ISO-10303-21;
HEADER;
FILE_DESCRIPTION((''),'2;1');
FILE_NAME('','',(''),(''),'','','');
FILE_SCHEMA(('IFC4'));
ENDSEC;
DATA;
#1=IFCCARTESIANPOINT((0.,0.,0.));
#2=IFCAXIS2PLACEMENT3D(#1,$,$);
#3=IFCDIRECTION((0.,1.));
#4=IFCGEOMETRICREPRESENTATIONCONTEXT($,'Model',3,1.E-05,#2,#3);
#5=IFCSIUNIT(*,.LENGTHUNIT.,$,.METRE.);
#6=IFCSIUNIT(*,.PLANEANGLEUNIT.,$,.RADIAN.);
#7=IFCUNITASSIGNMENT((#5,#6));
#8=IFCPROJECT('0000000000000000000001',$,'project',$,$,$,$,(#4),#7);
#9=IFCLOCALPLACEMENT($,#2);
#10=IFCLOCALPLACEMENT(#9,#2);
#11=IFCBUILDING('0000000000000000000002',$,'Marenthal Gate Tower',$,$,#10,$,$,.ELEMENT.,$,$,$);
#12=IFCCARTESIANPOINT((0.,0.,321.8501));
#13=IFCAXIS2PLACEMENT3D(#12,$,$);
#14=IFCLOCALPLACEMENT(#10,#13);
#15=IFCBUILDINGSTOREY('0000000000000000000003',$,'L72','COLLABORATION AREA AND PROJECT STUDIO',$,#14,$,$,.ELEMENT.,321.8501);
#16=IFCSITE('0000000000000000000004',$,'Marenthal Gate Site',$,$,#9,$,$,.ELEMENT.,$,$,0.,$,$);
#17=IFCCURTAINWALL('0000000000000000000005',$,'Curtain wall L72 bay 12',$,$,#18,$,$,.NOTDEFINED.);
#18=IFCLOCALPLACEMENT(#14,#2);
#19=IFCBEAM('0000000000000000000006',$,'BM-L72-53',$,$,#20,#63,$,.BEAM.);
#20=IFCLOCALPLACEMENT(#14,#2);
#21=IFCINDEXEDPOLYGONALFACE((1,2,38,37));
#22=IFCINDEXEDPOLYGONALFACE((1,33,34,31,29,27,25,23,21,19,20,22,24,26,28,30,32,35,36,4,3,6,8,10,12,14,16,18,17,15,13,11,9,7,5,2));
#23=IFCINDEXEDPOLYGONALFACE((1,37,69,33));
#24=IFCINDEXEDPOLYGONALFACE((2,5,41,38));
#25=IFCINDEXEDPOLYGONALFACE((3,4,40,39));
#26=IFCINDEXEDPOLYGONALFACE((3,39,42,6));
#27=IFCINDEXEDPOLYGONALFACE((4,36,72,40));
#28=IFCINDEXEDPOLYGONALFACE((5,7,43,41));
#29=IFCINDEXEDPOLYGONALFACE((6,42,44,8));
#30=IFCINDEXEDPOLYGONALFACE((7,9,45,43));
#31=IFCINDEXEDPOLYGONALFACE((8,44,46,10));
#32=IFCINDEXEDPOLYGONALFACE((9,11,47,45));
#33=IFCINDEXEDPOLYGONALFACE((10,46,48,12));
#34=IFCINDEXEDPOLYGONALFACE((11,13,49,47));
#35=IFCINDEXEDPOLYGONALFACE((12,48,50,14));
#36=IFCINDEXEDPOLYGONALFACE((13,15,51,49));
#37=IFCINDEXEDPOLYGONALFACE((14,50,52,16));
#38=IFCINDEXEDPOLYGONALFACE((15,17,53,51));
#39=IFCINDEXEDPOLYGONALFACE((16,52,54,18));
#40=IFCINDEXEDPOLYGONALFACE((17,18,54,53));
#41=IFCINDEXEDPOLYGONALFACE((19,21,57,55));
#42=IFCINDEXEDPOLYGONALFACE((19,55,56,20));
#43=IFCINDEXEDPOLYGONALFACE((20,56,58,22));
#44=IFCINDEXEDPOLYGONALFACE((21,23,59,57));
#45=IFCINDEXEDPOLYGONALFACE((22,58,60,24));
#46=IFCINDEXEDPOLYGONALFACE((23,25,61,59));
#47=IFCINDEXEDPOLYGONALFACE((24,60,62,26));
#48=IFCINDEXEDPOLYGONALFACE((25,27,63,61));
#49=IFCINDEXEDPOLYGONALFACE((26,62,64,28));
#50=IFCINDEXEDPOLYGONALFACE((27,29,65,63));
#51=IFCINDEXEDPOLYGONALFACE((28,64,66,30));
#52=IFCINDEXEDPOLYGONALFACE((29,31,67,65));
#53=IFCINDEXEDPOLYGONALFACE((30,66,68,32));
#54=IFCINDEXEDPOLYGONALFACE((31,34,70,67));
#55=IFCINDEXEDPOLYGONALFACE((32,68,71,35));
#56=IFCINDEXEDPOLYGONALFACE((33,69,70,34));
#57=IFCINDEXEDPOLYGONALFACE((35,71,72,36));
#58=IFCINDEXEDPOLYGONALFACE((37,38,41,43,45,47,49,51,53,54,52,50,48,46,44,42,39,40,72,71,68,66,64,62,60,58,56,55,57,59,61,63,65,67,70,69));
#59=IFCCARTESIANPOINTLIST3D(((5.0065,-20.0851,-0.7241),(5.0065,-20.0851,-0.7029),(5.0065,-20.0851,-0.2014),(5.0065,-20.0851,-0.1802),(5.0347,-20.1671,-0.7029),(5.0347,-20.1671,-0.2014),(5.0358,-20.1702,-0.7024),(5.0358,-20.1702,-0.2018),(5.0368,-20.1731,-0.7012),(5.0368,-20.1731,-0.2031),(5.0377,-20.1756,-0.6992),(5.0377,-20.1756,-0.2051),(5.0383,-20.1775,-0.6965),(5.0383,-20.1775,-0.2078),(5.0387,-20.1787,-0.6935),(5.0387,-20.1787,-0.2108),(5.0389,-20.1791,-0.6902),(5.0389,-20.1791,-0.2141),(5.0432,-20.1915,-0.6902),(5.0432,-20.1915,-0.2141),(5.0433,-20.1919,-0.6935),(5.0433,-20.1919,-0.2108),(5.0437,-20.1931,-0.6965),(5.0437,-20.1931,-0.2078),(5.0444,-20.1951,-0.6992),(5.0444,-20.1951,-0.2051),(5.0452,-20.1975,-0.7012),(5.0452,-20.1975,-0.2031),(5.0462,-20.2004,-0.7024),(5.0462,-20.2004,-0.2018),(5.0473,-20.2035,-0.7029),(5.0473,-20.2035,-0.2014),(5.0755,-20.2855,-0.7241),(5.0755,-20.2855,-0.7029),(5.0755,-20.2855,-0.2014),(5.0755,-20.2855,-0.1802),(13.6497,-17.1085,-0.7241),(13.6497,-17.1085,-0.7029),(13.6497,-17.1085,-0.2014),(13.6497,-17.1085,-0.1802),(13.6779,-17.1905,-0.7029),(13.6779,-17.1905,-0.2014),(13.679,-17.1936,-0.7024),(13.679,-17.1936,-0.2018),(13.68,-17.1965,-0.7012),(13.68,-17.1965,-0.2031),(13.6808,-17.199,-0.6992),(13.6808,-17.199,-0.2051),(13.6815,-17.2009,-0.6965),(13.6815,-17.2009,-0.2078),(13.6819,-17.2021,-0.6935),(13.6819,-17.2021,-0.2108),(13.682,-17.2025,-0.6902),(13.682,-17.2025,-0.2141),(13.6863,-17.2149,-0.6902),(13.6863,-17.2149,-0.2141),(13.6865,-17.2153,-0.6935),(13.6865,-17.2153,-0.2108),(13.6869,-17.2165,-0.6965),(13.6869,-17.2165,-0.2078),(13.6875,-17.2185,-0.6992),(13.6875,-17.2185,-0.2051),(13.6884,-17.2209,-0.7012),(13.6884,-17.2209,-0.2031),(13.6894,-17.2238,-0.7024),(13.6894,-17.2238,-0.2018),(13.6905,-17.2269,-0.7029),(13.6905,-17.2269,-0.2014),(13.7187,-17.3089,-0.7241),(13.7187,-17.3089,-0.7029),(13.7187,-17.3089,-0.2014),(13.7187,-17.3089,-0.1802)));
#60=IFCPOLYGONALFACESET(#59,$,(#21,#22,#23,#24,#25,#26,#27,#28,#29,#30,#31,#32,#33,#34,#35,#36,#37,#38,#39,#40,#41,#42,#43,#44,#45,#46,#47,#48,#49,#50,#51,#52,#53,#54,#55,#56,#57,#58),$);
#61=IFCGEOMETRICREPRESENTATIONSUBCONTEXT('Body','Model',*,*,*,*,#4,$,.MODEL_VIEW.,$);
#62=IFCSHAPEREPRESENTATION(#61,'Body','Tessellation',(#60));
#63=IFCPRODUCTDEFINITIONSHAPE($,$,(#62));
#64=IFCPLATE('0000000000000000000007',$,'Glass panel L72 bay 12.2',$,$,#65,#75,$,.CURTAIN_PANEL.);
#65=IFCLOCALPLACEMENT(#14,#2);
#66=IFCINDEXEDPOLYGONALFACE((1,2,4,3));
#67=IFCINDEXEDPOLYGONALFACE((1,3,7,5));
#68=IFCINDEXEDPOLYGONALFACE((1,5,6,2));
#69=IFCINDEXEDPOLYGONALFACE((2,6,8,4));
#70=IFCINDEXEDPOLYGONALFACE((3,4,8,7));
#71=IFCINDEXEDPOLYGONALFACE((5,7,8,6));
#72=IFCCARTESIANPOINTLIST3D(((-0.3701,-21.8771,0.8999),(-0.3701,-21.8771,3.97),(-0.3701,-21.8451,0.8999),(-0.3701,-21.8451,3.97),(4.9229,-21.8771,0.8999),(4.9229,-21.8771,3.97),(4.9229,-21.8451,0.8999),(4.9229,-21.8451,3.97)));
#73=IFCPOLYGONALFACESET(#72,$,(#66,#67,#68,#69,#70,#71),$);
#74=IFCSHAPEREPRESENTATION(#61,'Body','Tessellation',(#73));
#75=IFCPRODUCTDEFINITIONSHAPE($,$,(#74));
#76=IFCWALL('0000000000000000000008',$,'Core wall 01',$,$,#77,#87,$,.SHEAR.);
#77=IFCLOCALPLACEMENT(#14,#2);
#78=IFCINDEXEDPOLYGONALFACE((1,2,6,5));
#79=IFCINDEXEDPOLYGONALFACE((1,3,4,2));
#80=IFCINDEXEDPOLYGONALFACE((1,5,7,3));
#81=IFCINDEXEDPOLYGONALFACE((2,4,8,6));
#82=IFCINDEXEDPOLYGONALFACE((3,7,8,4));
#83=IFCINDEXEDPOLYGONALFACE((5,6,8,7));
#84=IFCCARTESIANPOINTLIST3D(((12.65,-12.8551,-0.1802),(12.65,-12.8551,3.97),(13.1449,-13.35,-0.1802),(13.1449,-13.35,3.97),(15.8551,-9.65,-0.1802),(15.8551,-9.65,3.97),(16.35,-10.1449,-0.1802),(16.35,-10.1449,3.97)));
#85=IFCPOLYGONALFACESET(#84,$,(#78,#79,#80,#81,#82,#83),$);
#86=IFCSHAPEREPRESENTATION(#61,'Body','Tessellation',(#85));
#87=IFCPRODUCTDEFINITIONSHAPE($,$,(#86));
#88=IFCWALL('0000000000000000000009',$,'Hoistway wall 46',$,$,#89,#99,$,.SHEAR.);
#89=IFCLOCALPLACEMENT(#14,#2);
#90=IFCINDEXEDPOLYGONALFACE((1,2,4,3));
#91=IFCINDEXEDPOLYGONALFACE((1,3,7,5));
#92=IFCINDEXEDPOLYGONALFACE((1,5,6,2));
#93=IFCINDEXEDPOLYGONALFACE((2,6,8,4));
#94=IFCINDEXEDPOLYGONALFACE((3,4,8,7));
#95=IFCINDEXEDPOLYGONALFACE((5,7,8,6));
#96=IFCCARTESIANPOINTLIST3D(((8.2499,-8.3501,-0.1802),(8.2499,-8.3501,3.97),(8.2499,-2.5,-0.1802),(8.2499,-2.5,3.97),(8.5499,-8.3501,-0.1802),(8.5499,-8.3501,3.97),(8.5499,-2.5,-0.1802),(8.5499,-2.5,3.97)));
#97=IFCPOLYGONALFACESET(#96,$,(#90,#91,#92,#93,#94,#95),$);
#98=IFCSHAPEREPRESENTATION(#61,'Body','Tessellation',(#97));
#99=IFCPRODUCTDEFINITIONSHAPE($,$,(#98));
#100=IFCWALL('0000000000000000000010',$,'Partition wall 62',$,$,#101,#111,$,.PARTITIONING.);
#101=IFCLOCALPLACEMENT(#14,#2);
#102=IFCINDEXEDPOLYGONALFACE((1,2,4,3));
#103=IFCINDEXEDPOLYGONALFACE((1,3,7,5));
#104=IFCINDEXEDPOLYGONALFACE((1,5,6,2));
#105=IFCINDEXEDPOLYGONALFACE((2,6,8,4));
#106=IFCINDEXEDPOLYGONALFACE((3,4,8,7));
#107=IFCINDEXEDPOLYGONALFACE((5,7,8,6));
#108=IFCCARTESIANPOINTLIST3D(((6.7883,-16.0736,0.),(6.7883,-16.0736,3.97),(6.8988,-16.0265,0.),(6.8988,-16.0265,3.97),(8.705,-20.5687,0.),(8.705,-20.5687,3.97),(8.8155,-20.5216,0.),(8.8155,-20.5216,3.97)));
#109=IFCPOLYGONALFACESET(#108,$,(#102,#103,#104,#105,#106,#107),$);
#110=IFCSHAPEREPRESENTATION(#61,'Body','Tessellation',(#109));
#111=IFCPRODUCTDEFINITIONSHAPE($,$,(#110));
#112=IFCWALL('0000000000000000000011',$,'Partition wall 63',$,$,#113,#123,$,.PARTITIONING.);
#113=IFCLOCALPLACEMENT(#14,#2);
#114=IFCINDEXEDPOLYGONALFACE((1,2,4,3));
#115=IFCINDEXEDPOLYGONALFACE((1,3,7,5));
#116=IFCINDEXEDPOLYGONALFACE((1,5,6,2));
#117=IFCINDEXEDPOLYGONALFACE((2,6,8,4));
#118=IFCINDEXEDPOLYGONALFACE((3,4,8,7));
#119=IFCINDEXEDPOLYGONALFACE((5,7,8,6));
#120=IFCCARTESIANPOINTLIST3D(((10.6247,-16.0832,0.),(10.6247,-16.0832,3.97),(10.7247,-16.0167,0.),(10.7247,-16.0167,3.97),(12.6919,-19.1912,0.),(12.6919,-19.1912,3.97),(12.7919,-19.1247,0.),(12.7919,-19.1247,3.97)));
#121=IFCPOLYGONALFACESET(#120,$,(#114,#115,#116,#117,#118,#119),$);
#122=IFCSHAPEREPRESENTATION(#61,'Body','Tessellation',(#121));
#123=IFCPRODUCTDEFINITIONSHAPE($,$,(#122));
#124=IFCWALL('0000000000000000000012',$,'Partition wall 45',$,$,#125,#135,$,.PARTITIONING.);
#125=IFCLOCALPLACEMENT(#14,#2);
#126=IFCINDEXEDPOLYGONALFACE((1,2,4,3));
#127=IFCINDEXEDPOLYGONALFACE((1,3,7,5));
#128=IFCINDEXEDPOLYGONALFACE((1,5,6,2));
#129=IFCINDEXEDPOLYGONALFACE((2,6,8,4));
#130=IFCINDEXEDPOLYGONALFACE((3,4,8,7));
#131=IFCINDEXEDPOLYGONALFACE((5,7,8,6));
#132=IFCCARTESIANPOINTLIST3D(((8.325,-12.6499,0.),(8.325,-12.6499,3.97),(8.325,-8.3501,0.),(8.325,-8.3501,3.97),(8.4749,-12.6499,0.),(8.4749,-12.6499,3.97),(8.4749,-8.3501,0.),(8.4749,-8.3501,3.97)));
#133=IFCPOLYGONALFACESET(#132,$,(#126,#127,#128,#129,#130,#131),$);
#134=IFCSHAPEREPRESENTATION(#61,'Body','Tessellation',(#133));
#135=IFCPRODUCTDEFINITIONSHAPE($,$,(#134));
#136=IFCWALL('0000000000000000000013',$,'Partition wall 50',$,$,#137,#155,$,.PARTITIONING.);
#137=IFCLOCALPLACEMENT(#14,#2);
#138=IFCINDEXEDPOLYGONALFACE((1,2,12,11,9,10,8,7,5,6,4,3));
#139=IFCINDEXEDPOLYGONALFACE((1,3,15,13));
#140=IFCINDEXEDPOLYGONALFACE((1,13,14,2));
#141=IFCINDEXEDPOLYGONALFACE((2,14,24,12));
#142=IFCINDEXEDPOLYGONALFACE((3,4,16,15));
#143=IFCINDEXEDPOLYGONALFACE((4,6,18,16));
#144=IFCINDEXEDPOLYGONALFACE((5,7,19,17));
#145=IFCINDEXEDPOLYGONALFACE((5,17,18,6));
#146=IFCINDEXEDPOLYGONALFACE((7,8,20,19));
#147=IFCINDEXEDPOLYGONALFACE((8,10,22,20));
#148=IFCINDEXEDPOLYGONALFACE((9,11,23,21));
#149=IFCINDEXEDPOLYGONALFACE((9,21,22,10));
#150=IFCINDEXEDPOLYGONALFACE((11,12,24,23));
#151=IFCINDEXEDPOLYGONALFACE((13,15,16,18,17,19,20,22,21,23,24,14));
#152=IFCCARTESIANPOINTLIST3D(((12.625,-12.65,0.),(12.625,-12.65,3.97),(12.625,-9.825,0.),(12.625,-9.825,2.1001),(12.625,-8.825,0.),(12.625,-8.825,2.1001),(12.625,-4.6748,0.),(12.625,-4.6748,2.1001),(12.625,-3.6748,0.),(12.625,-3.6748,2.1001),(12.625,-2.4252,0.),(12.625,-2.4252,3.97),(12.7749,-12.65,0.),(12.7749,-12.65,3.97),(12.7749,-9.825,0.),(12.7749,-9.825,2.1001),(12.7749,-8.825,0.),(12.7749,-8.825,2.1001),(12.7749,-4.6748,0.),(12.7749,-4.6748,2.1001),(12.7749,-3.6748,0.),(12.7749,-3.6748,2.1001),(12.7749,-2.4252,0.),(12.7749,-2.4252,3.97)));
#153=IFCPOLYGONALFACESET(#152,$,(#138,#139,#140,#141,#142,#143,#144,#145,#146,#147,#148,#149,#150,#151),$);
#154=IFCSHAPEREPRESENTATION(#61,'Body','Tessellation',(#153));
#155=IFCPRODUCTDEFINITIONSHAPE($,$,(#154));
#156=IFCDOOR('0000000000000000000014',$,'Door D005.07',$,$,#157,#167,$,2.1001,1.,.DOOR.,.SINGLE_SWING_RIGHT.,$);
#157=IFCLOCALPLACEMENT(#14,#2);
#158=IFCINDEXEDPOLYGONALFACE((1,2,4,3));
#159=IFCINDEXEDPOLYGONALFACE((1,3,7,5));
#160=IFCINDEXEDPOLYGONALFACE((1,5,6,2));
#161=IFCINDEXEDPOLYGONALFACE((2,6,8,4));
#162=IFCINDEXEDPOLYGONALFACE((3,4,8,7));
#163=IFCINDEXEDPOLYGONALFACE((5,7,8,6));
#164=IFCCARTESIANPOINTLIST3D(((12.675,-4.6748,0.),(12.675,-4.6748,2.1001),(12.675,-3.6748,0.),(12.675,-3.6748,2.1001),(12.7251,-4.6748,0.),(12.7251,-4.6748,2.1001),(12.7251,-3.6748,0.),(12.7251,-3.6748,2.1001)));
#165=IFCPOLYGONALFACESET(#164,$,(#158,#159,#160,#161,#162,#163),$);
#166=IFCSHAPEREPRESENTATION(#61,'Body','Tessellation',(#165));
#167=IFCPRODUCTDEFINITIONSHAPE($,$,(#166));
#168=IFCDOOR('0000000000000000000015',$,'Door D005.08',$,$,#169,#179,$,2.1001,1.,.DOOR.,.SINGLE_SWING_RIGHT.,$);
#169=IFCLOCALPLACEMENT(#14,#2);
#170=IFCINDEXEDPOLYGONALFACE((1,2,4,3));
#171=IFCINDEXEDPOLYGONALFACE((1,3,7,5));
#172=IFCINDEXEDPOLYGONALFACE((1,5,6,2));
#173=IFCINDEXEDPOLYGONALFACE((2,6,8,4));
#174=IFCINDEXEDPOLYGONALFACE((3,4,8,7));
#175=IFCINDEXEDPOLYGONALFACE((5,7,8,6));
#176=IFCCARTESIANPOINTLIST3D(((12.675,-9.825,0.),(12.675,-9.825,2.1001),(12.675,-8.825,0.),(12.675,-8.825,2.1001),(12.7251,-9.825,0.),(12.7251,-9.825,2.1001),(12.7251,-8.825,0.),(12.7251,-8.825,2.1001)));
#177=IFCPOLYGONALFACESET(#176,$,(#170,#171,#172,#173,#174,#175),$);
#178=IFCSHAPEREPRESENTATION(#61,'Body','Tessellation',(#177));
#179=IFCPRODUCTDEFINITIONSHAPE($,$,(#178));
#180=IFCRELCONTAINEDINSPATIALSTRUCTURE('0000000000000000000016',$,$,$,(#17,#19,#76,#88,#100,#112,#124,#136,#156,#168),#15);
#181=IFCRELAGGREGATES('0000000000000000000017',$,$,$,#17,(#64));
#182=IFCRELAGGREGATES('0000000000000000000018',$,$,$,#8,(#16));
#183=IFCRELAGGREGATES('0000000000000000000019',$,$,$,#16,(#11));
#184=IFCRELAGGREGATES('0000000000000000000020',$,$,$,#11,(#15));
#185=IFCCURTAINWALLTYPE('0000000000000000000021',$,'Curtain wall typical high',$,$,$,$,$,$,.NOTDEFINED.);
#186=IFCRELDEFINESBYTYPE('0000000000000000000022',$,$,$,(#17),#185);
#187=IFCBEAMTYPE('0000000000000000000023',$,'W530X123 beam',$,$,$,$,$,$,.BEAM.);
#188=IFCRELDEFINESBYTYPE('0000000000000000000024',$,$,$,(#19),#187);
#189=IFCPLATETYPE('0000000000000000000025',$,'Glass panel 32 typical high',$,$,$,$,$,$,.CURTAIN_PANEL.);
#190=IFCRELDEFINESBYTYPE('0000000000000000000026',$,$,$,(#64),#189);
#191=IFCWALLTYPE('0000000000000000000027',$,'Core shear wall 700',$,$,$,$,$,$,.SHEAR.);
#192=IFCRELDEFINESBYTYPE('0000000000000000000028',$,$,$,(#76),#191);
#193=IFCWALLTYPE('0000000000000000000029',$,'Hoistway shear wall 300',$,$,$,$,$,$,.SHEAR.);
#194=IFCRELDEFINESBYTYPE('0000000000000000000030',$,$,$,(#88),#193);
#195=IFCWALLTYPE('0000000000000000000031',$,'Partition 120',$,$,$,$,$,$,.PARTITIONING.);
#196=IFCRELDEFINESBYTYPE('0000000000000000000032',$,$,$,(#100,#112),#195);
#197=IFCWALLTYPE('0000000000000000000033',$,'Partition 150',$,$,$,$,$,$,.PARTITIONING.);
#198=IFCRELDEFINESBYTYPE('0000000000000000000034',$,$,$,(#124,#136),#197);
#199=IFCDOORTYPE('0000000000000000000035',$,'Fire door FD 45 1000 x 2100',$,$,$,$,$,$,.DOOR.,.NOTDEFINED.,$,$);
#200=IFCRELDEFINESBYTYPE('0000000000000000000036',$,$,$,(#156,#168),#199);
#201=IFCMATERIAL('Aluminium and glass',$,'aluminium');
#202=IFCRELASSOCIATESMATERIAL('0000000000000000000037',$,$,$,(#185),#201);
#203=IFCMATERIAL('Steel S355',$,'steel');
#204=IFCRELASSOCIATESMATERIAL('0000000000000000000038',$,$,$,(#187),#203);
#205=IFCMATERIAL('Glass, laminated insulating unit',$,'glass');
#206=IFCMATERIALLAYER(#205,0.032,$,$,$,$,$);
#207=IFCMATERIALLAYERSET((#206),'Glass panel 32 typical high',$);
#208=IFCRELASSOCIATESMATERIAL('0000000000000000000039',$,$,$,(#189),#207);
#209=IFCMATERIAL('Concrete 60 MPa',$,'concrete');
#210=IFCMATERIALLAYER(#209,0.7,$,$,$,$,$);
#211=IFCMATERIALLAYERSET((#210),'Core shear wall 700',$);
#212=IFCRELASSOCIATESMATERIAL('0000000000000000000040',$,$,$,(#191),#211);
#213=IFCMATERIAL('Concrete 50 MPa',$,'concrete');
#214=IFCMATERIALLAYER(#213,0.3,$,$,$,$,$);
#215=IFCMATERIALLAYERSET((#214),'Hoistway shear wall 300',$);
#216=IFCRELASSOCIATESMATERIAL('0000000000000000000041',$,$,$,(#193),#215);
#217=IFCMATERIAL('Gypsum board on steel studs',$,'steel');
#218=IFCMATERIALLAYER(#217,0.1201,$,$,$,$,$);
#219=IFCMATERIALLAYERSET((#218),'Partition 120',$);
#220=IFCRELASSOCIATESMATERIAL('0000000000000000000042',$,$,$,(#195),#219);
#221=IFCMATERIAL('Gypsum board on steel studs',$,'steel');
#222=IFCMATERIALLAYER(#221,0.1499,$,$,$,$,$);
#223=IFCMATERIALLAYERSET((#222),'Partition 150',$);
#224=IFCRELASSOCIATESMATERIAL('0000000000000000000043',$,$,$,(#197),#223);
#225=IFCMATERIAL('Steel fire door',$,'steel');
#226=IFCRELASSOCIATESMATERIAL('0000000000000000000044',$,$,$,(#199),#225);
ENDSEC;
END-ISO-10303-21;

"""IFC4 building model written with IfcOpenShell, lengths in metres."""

from ifc_helpers import new_model, si_unit, direction, frame, frame_2d, origin, origin_2d, place, context, subcontext, project, spatial, rectangle, i_section, extrude, material, layer, layer_set, material_profile, profile_set, type_object, element, fill, aggregate, save


model = new_model("IFC4")

# Units and contexts
model_context = context("Model", 3, precision=1e-05, world=origin(), true_north=direction((0.0, 1.0)))
body_context = subcontext(model_context, "Body", "Model", "MODEL_VIEW")
ifc_project = project(units=[si_unit("LENGTHUNIT", "METRE"), si_unit("PLANEANGLEUNIT", "RADIAN")], contexts=[model_context])

# Site, building, storey
site_placement = place(None, origin())
site = spatial("IfcSite", under=ifc_project, at=site_placement, Name="Marenthal Gate Site", CompositionType="ELEMENT", RefElevation=0.0)
building_placement = place(site_placement, origin())
building = spatial("IfcBuilding", under=site, at=building_placement, Name="Marenthal Gate Tower", CompositionType="ELEMENT")
storey_placement = place(building_placement, frame((0.0, 0.0, 321.8501)))
storey = spatial("IfcBuildingStorey", under=building, at=storey_placement, Name="L72", Description="COLLABORATION AREA AND PROJECT STUDIO", CompositionType="ELEMENT", Elevation=321.8501)

# Curtain wall
ifc_material_1 = material(Name="Aluminium and glass", Category="aluminium")
curtain_wall_type = type_object("IfcCurtainWallType", Name="Curtain wall typical high", PredefinedType="NOTDEFINED", material=ifc_material_1)
curtain_wall_placement = place(storey_placement, origin())
curtain_wall = element("IfcCurtainWall", 1, at=curtain_wall_placement, inside=storey, type_object=curtain_wall_type, Name="Curtain wall L72 bay 12", PredefinedType="NOTDEFINED")

# Beam
ifc_material_2 = material(Name="Steel S355", Category="steel")
ifc_material_profile_1 = material_profile(ifc_material_2, i_section(OverallWidth=0.2119, OverallDepth=0.5439, WebThickness=0.0132, FlangeThickness=0.0212, FilletRadius=0.0127, at=origin_2d()), Name="W530X123")
ifc_profile_set_1 = profile_set([ifc_material_profile_1], Name="Steel S355")
beam_type_1 = type_object("IfcBeamType", Name="W530X123 beam", PredefinedType="BEAM", material=ifc_profile_set_1)
beam_1_placement = place(storey_placement, frame((5.041, -20.1853, -0.4521), z_axis=(0.945501, 0.325619, 0.0), x_axis=(-0.325619, 0.945501, 0.0)))
element("IfcBeam", 2, at=beam_1_placement, inside=storey, type_object=beam_type_1, Name="BM-L72-53", PredefinedType="BEAM", context=body_context, shape_type="SweptSolid", body=[
    extrude(i_section(OverallWidth=0.2119, OverallDepth=0.5439, WebThickness=0.0132, FlangeThickness=0.0212, FilletRadius=0.0127, at=origin_2d()), origin(), (0.0, 0.0, 1.0), 9.1414),
])

# Plate
ifc_material_3 = material(Name="Glass, laminated insulating unit", Category="glass")
ifc_layer_1 = layer(ifc_material_3, 0.032)
ifc_layer_set_1 = layer_set([ifc_layer_1], Name="Glass panel 32 typical high")
plate_type = type_object("IfcPlateType", Name="Glass panel 32 typical high", PredefinedType="CURTAIN_PANEL", material=ifc_layer_set_1)
plate_placement = place(storey_placement, frame((2.2764, -21.8611, 0.8999), z_axis=(0.0, 0.0, 1.0), x_axis=(1.0, 0.0, 0.0)))
plate = element("IfcPlate", 3, at=plate_placement, type_object=plate_type, Name="Glass panel L72 bay 12.2", PredefinedType="CURTAIN_PANEL", context=body_context, shape_type="SweptSolid", body=[
    extrude(rectangle(XDim=5.293, YDim=0.032, at=origin_2d()), origin(), (0.0, 0.0, 1.0), 3.0701),
])
aggregate(curtain_wall, [plate])

# Walls
ifc_material_4 = material(Name="Concrete 60 MPa", Category="concrete")
ifc_layer_2 = layer(ifc_material_4, 0.7)
ifc_layer_set_2 = layer_set([ifc_layer_2], Name="Core shear wall 700")
wall_type_1 = type_object("IfcWallType", Name="Core shear wall 700", PredefinedType="SHEAR", material=ifc_layer_set_2)
wall_1_placement = place(storey_placement, frame((12.8975, -13.1025, -0.1802), z_axis=(0.0, 0.0, 1.0), x_axis=(0.707107, 0.707107, 0.0)))
element("IfcWall", 4, at=wall_1_placement, inside=storey, type_object=wall_type_1, Name="Core wall 01", PredefinedType="SHEAR", context=body_context, shape_type="SweptSolid", body=[
    extrude(rectangle(XDim=4.5327, YDim=0.7, at=frame_2d((2.2664, 0.0))), origin(), (0.0, 0.0, 1.0), 4.1501),
])
ifc_material_5 = material(Name="Concrete 50 MPa", Category="concrete")
ifc_layer_3 = layer(ifc_material_5, 0.3)
ifc_layer_set_3 = layer_set([ifc_layer_3], Name="Hoistway shear wall 300")
wall_type_2 = type_object("IfcWallType", Name="Hoistway shear wall 300", PredefinedType="SHEAR", material=ifc_layer_set_3)
wall_2_placement = place(storey_placement, frame((8.3999, -8.3501, -0.1802), z_axis=(0.0, 0.0, 1.0), x_axis=(0.0, 1.0, 0.0)))
element("IfcWall", 5, at=wall_2_placement, inside=storey, type_object=wall_type_2, Name="Hoistway wall 46", PredefinedType="SHEAR", context=body_context, shape_type="SweptSolid", body=[
    extrude(rectangle(XDim=5.8501, YDim=0.3, at=frame_2d((2.925, 0.0))), origin(), (0.0, 0.0, 1.0), 4.1501),
])
ifc_material_6 = material(Name="Gypsum board on steel studs", Category="steel")
ifc_layer_4 = layer(ifc_material_6, 0.1201)
ifc_layer_set_4 = layer_set([ifc_layer_4], Name="Partition 120")
wall_type_3 = type_object("IfcWallType", Name="Partition 120", PredefinedType="PARTITIONING", material=ifc_layer_set_4)
wall_3_placement = place(storey_placement, frame((6.8435, -16.05, 0.0), z_axis=(0.0, 0.0, 1.0), x_axis=(0.392236, -0.919864, 0.0)))
element("IfcWall", 6, at=wall_3_placement, inside=storey, type_object=wall_type_3, Name="Partition wall 62", PredefinedType="PARTITIONING", context=body_context, shape_type="SweptSolid", body=[
    extrude(rectangle(XDim=4.8867, YDim=0.1201, at=frame_2d((2.4434, 0.0))), origin(), (0.0, 0.0, 1.0), 3.97),
])
wall_4_placement = place(storey_placement, frame((10.6748, -16.05, 0.0), z_axis=(0.0, 0.0, 1.0), x_axis=(0.553809, -0.832644, 0.0)))
element("IfcWall", 7, at=wall_4_placement, inside=storey, type_object=wall_type_3, Name="Partition wall 63", PredefinedType="PARTITIONING", context=body_context, shape_type="SweptSolid", body=[
    extrude(rectangle(XDim=3.7327, YDim=0.1201, at=frame_2d((1.8662, 0.0))), origin(), (0.0, 0.0, 1.0), 3.97),
])
ifc_material_7 = material(Name="Gypsum board on steel studs", Category="steel")
ifc_layer_5 = layer(ifc_material_7, 0.1499)
ifc_layer_set_5 = layer_set([ifc_layer_5], Name="Partition 150")
wall_type_4 = type_object("IfcWallType", Name="Partition 150", PredefinedType="PARTITIONING", material=ifc_layer_set_5)
wall_5_placement = place(storey_placement, frame((8.3999, -12.6499, 0.0), z_axis=(0.0, 0.0, 1.0), x_axis=(0.0, 1.0, 0.0)))
element("IfcWall", 8, at=wall_5_placement, inside=storey, type_object=wall_type_4, Name="Partition wall 45", PredefinedType="PARTITIONING", context=body_context, shape_type="SweptSolid", body=[
    extrude(rectangle(XDim=4.2998, YDim=0.1499, at=frame_2d((2.1499, 0.0))), origin(), (0.0, 0.0, 1.0), 3.97),
])

# Wall, openings, doors
wall_6_placement = place(storey_placement, frame((12.7, -12.6499, 0.0), z_axis=(0.0, 0.0, 1.0), x_axis=(0.0, 1.0, 0.0)))
wall_6 = element("IfcWall", 9, at=wall_6_placement, inside=storey, type_object=wall_type_4, Name="Partition wall 50", PredefinedType="PARTITIONING", context=body_context, shape_type="SweptSolid", body=[
    extrude(rectangle(XDim=10.2249, YDim=0.1499, at=frame_2d((5.1123, 0.0))), origin(), (0.0, 0.0, 1.0), 3.97),
])
opening_1_placement = place(wall_6_placement, frame((7.9751, 0.0, 0.0)))
opening_1 = element("IfcOpeningElement", 10, at=opening_1_placement, cuts=wall_6, PredefinedType="OPENING", context=body_context, shape_type="SweptSolid", body=[
    extrude(rectangle(XDim=1.0, YDim=2.1001, at=frame_2d((0.5, 1.05))), frame((0.0, 0.085, 0.0), z_axis=(0.0, -1.0, 0.0), x_axis=(1.0, 0.0, 0.0)), (0.0, 0.0, 1.0), 0.1699),
])
opening_2_placement = place(wall_6_placement, frame((2.825, 0.0, 0.0)))
opening_2 = element("IfcOpeningElement", 11, at=opening_2_placement, cuts=wall_6, PredefinedType="OPENING", context=body_context, shape_type="SweptSolid", body=[
    extrude(rectangle(XDim=1.0, YDim=2.1001, at=frame_2d((0.5, 1.05))), frame((0.0, 0.085, 0.0), z_axis=(0.0, -1.0, 0.0), x_axis=(1.0, 0.0, 0.0)), (0.0, 0.0, 1.0), 0.1699),
])
ifc_material_8 = material(Name="Steel fire door", Category="steel")
door_type_1 = type_object("IfcDoorType", Name="Fire door FD 45 1000 x 2100", OperationType="NOTDEFINED", PredefinedType="DOOR", material=ifc_material_8)
door_1_placement = place(opening_1_placement, origin())
door_1 = element("IfcDoor", 12, at=door_1_placement, inside=storey, type_object=door_type_1, Name="Door D005.07", OperationType="SINGLE_SWING_RIGHT", OverallHeight=2.1001, OverallWidth=1.0, PredefinedType="DOOR", context=body_context, shape_type="SweptSolid", body=[
    extrude(rectangle(XDim=1.0, YDim=2.1001, at=frame_2d((0.5, 1.05))), frame((0.0, 0.0249, 0.0), z_axis=(0.0, -1.0, 0.0), x_axis=(1.0, 0.0, 0.0)), (0.0, 0.0, 1.0), 0.05),
])
fill(opening_1, door_1)
door_2_placement = place(opening_2_placement, origin())
door_2 = element("IfcDoor", 13, at=door_2_placement, inside=storey, type_object=door_type_1, Name="Door D005.08", OperationType="SINGLE_SWING_RIGHT", OverallHeight=2.1001, OverallWidth=1.0, PredefinedType="DOOR", context=body_context, shape_type="SweptSolid", body=[
    extrude(rectangle(XDim=1.0, YDim=2.1001, at=frame_2d((0.5, 1.05))), frame((0.0, 0.0249, 0.0), z_axis=(0.0, -1.0, 0.0), x_axis=(1.0, 0.0, 0.0)), (0.0, 0.0, 1.0), 0.05),
])
fill(opening_2, door_2)

save(model, "model.ifc")
